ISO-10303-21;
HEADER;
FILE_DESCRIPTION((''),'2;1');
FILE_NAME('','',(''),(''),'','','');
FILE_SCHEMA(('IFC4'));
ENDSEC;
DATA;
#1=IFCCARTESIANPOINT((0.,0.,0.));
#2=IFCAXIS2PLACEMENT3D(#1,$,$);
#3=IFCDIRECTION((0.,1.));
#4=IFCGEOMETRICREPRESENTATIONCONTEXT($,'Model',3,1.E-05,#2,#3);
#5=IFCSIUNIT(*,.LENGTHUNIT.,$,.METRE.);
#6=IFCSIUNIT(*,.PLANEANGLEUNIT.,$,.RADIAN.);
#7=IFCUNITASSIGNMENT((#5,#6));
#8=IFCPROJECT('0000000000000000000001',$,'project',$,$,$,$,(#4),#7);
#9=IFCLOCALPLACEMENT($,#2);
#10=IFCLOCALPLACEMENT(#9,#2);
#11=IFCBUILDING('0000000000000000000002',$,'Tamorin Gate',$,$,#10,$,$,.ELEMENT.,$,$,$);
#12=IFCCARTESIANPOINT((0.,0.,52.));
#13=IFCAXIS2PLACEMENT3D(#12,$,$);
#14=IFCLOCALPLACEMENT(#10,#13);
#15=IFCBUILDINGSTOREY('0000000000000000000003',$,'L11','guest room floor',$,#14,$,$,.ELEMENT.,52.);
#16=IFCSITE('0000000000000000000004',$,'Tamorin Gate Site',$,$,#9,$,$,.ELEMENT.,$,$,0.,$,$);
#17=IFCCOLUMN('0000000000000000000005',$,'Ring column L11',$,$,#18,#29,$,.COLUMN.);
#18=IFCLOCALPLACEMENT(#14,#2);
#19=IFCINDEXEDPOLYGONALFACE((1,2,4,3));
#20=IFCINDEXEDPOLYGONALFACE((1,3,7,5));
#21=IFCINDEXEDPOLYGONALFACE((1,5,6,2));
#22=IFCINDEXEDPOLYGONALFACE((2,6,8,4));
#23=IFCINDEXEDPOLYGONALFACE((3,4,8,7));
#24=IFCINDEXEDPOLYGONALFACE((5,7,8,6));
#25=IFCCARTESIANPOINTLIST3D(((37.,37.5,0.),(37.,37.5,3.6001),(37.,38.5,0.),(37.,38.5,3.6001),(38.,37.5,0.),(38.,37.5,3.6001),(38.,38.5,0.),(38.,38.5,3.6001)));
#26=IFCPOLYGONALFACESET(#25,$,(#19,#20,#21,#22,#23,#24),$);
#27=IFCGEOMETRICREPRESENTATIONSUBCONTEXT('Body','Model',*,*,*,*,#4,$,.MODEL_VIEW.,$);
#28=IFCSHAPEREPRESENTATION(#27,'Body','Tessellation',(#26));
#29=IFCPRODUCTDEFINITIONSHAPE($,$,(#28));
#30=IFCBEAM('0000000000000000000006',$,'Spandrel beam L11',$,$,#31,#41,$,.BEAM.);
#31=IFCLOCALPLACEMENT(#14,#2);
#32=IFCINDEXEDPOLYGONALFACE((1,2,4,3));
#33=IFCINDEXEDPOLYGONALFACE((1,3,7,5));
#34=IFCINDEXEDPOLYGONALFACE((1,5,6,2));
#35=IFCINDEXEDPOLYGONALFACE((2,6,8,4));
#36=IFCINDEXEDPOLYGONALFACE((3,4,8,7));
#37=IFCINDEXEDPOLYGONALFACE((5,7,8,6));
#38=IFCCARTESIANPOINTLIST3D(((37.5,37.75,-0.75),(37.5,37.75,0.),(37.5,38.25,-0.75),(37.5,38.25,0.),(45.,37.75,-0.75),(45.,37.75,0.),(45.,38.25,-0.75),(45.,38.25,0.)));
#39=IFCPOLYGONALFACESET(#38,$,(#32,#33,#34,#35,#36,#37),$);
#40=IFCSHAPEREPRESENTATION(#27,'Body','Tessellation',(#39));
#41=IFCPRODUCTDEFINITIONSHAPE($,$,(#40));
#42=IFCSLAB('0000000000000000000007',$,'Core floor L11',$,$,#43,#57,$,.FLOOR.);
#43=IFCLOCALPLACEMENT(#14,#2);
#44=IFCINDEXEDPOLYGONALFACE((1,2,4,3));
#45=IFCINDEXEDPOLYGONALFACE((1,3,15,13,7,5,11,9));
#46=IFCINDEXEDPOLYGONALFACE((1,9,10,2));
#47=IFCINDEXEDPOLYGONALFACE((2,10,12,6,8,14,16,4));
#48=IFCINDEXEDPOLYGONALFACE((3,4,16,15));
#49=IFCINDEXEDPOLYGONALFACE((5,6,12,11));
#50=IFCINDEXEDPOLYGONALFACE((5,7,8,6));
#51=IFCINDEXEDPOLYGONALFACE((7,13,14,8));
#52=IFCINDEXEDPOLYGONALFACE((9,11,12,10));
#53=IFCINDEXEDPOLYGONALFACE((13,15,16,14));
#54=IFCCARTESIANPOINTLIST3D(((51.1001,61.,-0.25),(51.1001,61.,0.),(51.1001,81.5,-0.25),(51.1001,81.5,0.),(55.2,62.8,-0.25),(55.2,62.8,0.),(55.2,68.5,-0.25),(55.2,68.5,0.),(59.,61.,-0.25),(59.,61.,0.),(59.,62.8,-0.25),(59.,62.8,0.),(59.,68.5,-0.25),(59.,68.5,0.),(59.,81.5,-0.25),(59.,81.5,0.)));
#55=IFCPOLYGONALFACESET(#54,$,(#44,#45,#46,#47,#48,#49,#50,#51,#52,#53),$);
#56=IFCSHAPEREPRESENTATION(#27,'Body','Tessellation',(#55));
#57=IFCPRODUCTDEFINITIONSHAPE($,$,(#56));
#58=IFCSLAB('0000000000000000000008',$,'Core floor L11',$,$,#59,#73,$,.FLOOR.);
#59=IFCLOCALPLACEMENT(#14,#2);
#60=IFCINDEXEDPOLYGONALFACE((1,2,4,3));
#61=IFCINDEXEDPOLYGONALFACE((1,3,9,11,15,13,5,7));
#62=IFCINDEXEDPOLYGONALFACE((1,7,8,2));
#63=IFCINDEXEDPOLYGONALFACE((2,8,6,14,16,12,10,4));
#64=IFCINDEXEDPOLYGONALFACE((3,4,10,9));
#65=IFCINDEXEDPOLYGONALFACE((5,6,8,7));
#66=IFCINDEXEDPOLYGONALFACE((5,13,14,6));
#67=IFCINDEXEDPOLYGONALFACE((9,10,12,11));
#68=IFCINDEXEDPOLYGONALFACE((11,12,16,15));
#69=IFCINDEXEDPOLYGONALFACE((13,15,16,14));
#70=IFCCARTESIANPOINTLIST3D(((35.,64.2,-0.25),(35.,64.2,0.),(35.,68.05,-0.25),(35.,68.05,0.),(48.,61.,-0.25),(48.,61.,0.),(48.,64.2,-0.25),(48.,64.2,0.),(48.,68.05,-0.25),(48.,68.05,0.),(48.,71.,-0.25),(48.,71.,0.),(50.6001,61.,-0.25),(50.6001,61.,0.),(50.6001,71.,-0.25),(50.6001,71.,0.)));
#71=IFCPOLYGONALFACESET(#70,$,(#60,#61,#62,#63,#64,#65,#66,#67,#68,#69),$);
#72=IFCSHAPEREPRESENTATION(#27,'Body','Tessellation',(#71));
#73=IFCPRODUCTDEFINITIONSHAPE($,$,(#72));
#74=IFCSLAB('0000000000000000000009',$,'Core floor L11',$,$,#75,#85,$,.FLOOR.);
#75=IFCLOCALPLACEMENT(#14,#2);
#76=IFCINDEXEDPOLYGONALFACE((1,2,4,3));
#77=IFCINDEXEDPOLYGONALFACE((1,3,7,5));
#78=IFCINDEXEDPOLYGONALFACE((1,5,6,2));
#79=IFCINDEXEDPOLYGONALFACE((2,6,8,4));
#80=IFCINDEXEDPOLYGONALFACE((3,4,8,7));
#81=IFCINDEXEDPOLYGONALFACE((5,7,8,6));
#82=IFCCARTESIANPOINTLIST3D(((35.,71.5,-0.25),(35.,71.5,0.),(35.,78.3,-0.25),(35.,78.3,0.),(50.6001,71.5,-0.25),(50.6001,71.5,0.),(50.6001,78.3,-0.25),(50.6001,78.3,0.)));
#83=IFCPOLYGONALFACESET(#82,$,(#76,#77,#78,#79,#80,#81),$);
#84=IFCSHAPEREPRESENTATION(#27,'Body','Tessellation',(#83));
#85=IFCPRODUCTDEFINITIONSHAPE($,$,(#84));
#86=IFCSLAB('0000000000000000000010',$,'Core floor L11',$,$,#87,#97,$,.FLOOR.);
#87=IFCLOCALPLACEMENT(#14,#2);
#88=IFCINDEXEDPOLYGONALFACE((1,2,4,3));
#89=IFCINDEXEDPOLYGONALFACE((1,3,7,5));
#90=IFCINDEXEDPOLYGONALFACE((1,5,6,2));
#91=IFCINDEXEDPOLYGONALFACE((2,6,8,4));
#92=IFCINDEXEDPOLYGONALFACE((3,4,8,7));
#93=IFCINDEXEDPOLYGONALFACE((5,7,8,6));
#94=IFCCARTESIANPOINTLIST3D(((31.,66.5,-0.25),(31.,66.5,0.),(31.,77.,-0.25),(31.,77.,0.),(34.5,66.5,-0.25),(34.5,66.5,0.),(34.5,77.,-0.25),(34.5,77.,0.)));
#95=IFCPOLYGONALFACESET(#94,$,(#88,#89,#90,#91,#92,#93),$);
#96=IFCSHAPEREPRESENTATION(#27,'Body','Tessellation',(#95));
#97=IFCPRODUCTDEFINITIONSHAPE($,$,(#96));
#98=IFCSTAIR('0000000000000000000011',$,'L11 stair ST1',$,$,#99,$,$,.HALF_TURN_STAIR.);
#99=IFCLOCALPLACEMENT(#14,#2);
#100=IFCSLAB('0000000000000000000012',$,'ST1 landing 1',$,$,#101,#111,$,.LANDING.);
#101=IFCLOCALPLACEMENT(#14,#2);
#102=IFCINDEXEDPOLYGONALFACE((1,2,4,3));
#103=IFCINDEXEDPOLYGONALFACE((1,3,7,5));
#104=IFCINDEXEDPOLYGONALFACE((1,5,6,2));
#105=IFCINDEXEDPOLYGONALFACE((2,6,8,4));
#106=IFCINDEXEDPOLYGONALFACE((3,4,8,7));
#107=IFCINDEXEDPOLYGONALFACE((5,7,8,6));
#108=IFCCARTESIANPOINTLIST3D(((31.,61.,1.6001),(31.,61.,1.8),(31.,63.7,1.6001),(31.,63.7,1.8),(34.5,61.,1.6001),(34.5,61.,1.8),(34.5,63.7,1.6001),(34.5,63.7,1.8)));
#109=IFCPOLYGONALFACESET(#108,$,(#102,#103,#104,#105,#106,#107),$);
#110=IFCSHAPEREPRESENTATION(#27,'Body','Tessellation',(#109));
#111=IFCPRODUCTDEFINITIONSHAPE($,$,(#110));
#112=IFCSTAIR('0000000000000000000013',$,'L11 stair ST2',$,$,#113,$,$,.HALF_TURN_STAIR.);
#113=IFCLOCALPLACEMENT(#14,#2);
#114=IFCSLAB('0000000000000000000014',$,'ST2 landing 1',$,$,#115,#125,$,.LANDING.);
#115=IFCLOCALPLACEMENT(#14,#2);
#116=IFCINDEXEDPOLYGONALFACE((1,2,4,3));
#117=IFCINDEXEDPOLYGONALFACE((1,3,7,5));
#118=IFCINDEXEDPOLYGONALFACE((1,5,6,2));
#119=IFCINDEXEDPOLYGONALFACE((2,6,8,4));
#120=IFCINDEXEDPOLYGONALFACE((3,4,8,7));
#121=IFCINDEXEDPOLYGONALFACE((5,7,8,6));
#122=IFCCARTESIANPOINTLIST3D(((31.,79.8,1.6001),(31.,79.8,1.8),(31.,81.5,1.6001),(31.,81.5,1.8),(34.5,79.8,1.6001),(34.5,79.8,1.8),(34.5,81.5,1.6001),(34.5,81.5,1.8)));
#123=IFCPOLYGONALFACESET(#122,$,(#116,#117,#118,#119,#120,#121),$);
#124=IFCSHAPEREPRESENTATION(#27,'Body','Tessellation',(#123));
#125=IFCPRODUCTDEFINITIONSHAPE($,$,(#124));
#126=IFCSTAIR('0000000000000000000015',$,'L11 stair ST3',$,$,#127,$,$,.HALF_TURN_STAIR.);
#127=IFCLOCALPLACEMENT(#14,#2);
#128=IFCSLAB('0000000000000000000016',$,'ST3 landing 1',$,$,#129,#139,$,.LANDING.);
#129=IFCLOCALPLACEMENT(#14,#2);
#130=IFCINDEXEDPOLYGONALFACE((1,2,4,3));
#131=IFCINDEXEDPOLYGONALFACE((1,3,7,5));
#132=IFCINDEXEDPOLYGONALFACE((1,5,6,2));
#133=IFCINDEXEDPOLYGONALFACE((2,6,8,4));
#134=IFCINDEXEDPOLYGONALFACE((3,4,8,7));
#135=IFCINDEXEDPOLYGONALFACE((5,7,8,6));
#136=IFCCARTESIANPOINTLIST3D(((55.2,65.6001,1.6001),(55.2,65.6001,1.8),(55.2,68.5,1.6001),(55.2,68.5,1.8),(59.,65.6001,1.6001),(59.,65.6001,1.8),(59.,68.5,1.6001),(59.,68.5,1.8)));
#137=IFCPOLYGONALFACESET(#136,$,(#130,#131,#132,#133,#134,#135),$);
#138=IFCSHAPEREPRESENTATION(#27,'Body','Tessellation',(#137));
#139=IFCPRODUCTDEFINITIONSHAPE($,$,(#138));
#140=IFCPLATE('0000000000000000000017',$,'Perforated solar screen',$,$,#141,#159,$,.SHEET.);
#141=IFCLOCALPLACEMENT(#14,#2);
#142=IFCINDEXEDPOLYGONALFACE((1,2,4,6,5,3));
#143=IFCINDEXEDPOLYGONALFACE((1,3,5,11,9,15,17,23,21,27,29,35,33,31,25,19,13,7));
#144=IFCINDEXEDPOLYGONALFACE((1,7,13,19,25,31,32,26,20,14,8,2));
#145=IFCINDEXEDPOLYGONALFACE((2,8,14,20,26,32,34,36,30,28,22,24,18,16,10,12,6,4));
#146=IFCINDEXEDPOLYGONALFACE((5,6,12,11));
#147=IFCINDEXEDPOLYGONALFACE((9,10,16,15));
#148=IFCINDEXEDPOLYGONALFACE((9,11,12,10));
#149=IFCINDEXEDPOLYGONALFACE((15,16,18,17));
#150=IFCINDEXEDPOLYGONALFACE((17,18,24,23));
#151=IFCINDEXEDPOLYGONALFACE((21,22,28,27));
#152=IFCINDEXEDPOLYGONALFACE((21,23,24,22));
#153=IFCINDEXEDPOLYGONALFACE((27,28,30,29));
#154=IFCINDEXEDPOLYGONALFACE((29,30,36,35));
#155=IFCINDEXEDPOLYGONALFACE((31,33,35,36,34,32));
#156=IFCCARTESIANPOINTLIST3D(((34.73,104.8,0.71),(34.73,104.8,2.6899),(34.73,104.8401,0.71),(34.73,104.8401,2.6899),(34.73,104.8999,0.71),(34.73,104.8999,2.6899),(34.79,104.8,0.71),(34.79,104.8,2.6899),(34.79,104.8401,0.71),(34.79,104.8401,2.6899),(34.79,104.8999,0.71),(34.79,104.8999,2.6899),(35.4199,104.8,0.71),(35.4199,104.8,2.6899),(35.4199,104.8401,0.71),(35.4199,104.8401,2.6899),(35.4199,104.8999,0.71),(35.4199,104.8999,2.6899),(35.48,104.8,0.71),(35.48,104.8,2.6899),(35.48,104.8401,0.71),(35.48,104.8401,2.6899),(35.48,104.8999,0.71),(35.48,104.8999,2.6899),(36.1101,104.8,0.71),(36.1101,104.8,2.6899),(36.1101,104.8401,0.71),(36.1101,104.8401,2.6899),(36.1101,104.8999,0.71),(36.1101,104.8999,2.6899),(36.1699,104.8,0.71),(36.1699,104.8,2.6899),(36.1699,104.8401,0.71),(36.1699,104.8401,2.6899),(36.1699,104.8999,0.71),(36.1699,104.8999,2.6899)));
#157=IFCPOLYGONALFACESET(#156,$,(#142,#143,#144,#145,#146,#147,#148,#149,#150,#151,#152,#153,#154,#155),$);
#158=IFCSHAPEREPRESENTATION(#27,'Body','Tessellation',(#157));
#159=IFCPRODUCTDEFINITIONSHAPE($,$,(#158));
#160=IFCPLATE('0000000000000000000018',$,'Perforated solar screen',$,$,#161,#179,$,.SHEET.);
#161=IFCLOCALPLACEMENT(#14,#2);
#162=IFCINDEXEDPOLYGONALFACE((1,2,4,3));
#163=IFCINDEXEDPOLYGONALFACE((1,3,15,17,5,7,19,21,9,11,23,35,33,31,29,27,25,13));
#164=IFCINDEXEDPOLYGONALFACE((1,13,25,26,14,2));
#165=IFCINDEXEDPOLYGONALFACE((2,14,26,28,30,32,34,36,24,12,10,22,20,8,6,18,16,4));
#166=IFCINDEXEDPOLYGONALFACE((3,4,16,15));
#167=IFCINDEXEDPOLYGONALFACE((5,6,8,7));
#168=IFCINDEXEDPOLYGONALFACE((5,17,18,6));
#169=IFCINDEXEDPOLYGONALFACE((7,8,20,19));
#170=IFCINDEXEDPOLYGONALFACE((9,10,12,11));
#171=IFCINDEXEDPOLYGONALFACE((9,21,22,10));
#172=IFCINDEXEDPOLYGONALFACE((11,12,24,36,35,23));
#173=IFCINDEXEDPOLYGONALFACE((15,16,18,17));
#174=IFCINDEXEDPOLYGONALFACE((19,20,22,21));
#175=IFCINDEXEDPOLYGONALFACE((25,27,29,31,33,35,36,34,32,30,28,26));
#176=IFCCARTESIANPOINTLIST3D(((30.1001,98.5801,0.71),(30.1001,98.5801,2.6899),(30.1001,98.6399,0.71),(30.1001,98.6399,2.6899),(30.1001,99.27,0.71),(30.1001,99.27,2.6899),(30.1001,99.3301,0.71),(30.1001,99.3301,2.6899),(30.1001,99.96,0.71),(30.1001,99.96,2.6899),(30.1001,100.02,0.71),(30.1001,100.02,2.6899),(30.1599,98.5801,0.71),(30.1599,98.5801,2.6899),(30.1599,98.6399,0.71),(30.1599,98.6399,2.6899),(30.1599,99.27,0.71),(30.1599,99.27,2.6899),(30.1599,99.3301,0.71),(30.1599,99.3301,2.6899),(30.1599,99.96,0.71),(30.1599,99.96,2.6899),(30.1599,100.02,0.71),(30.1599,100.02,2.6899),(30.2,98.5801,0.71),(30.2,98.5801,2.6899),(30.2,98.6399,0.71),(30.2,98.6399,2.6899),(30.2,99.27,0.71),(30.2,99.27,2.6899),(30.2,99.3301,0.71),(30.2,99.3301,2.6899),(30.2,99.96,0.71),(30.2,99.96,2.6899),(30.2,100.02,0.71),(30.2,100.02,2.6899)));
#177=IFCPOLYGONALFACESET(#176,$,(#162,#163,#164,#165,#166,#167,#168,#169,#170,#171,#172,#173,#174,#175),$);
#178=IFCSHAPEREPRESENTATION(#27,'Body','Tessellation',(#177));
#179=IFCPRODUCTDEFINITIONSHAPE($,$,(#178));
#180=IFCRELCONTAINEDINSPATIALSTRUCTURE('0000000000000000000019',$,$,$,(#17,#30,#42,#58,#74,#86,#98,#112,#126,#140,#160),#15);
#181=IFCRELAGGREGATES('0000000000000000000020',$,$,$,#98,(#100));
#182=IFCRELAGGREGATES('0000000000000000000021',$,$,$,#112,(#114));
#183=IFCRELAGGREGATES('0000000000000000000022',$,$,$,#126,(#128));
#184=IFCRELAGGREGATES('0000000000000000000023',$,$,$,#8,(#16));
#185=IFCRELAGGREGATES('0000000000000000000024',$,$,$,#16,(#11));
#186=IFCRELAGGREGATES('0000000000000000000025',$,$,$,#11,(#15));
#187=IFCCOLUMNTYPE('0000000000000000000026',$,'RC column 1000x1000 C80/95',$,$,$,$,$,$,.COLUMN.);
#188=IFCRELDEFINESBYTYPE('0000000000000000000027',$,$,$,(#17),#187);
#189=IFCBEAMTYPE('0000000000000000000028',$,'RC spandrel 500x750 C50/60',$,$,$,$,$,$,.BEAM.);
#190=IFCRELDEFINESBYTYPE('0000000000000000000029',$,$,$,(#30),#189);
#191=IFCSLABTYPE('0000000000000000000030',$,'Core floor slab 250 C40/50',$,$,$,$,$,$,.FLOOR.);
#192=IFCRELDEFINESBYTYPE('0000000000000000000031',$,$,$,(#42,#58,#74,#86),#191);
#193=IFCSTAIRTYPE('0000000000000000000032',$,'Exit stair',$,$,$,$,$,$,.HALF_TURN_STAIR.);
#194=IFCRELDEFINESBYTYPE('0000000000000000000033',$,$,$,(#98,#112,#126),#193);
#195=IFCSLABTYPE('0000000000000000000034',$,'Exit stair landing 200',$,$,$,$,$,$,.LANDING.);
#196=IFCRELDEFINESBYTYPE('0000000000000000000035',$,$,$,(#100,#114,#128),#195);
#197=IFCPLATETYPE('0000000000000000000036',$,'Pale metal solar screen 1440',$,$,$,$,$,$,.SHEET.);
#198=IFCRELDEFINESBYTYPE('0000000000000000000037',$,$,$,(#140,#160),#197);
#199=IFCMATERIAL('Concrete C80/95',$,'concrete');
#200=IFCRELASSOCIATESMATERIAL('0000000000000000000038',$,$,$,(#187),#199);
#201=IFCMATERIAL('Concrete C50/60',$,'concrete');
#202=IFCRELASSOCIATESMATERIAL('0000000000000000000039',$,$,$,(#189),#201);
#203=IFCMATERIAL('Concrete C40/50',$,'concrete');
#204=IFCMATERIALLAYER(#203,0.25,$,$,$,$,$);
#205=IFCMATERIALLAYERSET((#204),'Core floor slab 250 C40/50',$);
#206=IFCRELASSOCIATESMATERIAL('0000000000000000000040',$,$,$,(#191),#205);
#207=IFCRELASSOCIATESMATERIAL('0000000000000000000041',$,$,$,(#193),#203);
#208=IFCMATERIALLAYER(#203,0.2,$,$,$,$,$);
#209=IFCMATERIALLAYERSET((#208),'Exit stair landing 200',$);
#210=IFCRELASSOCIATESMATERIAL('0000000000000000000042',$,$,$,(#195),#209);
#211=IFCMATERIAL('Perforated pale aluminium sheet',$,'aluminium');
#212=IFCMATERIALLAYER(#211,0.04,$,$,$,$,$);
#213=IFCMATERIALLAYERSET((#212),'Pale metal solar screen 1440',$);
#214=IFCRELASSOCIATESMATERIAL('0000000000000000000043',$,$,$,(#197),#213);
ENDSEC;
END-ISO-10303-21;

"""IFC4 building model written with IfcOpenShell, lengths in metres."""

from ifc_helpers import new_model, si_unit, direction, frame, origin, origin_2d, place, context, subcontext, project, spatial, polyline, rectangle, outline, extrude, material, layer, layer_set, material_profile, profile_set, type_object, element, aggregate, save


model = new_model("IFC4")

# Units and contexts
model_context = context("Model", 3, precision=1e-05, world=origin(), true_north=direction((0.0, 1.0)))
body_context = subcontext(model_context, "Body", "Model", "MODEL_VIEW")
ifc_project = project(units=[si_unit("LENGTHUNIT", "METRE"), si_unit("PLANEANGLEUNIT", "RADIAN")], contexts=[model_context])

# Site, building, storey
site_placement = place(None, origin())
site = spatial("IfcSite", under=ifc_project, at=site_placement, Name="Tamorin Gate Site", CompositionType="ELEMENT", RefElevation=0.0)
building_placement = place(site_placement, origin())
building = spatial("IfcBuilding", under=site, at=building_placement, Name="Tamorin Gate", CompositionType="ELEMENT")
storey_placement = place(building_placement, frame((0.0, 0.0, 52.0)))
storey = spatial("IfcBuildingStorey", under=building, at=storey_placement, Name="L11", Description="guest room floor", CompositionType="ELEMENT", Elevation=52.0)

# Column
ifc_material_1 = material(Name="Concrete C80/95", Category="concrete")
ifc_material_profile_1 = material_profile(ifc_material_1, rectangle(XDim=1.0, YDim=1.0, at=origin_2d()), Name="RC 1000x1000")
ifc_profile_set_1 = profile_set([ifc_material_profile_1], Name="Concrete C80/95")
column_type = type_object("IfcColumnType", Name="RC column 1000x1000 C80/95", PredefinedType="COLUMN", material=ifc_profile_set_1)
column_placement = place(storey_placement, frame((37.5, 38.0, 0.0), z_axis=(0.0, 0.0, 1.0), x_axis=(1.0, 0.0, 0.0)))
element("IfcColumn", 1, at=column_placement, inside=storey, type_object=column_type, Name="Ring column L11", PredefinedType="COLUMN", context=body_context, shape_type="SweptSolid", body=[
    extrude(rectangle(XDim=1.0, YDim=1.0, at=origin_2d()), origin(), (0.0, 0.0, 1.0), 3.6001),
])

# Beam
ifc_material_2 = material(Name="Concrete C50/60", Category="concrete")
ifc_material_profile_2 = material_profile(ifc_material_2, rectangle(XDim=0.5, YDim=0.75, at=origin_2d()), Name="RC 500x750")
ifc_profile_set_2 = profile_set([ifc_material_profile_2], Name="Concrete C50/60")
beam_type = type_object("IfcBeamType", Name="RC spandrel 500x750 C50/60", PredefinedType="BEAM", material=ifc_profile_set_2)
beam_placement = place(storey_placement, frame((37.5, 38.0, -0.375), z_axis=(1.0, 0.0, 0.0), x_axis=(0.0, 1.0, 0.0)))
element("IfcBeam", 2, at=beam_placement, inside=storey, type_object=beam_type, Name="Spandrel beam L11", PredefinedType="BEAM", context=body_context, shape_type="SweptSolid", body=[
    extrude(rectangle(XDim=0.5, YDim=0.75, at=origin_2d()), origin(), (0.0, 0.0, 1.0), 7.5),
])

# Slabs
ifc_material_3 = material(Name="Concrete C40/50", Category="concrete")
ifc_layer_1 = layer(ifc_material_3, 0.25)
ifc_layer_set_1 = layer_set([ifc_layer_1], Name="Core floor slab 250 C40/50")
slab_type_1 = type_object("IfcSlabType", Name="Core floor slab 250 C40/50", PredefinedType="FLOOR", material=ifc_layer_set_1)
slab_1_placement = place(storey_placement, frame((0.0, 0.0, -0.25)))
element("IfcSlab", 3, at=slab_1_placement, inside=storey, type_object=slab_type_1, Name="Core floor L11", PredefinedType="FLOOR", context=body_context, shape_type="SweptSolid", body=[
    extrude(outline(polyline([(59.0, 62.8), (59.0, 61.0), (51.1001, 61.0), (51.1001, 81.5), (59.0, 81.5), (59.0, 68.5), (55.2, 68.5), (55.2, 62.8), (59.0, 62.8)])), origin(), (0.0, 0.0, 1.0), 0.25),
])
slab_2_placement = place(storey_placement, frame((0.0, 0.0, -0.25)))
element("IfcSlab", 4, at=slab_2_placement, inside=storey, type_object=slab_type_1, Name="Core floor L11", PredefinedType="FLOOR", context=body_context, shape_type="SweptSolid", body=[
    extrude(outline(polyline([(50.6001, 61.0), (48.0, 61.0), (48.0, 64.2), (35.0, 64.2), (35.0, 68.05), (48.0, 68.05), (48.0, 71.0), (50.6001, 71.0), (50.6001, 61.0)])), origin(), (0.0, 0.0, 1.0), 0.25),
])
slab_3_placement = place(storey_placement, frame((0.0, 0.0, -0.25)))
element("IfcSlab", 5, at=slab_3_placement, inside=storey, type_object=slab_type_1, Name="Core floor L11", PredefinedType="FLOOR", context=body_context, shape_type="SweptSolid", body=[
    extrude(outline(polyline([(50.6001, 71.5), (35.0, 71.5), (35.0, 78.3), (50.6001, 78.3), (50.6001, 71.5)])), origin(), (0.0, 0.0, 1.0), 0.25),
])
slab_4_placement = place(storey_placement, frame((0.0, 0.0, -0.25)))
element("IfcSlab", 6, at=slab_4_placement, inside=storey, type_object=slab_type_1, Name="Core floor L11", PredefinedType="FLOOR", context=body_context, shape_type="SweptSolid", body=[
    extrude(outline(polyline([(31.0, 66.5), (31.0, 77.0), (34.5, 77.0), (34.5, 66.5), (31.0, 66.5)])), origin(), (0.0, 0.0, 1.0), 0.25),
])

# Stairs, slabs
stair_type = type_object("IfcStairType", Name="Exit stair", PredefinedType="HALF_TURN_STAIR", material=ifc_material_3)
stair_1_placement = place(storey_placement, origin())
stair_1 = element("IfcStair", 7, at=stair_1_placement, inside=storey, type_object=stair_type, Name="L11 stair ST1", PredefinedType="HALF_TURN_STAIR")
ifc_layer_2 = layer(ifc_material_3, 0.2)
ifc_layer_set_2 = layer_set([ifc_layer_2], Name="Exit stair landing 200")
slab_type_2 = type_object("IfcSlabType", Name="Exit stair landing 200", PredefinedType="LANDING", material=ifc_layer_set_2)
slab_5_placement = place(storey_placement, frame((0.0, 0.0, 1.6001)))
slab_5 = element("IfcSlab", 8, at=slab_5_placement, type_object=slab_type_2, Name="ST1 landing 1", PredefinedType="LANDING", context=body_context, shape_type="SweptSolid", body=[
    extrude(outline(polyline([(31.0, 63.7), (31.0, 61.0), (34.5, 61.0), (34.5, 63.7), (31.0, 63.7)])), origin(), (0.0, 0.0, 1.0), 0.2),
])
aggregate(stair_1, [slab_5])
stair_2_placement = place(storey_placement, origin())
stair_2 = element("IfcStair", 9, at=stair_2_placement, inside=storey, type_object=stair_type, Name="L11 stair ST2", PredefinedType="HALF_TURN_STAIR")
slab_6_placement = place(storey_placement, frame((0.0, 0.0, 1.6001)))
slab_6 = element("IfcSlab", 10, at=slab_6_placement, type_object=slab_type_2, Name="ST2 landing 1", PredefinedType="LANDING", context=body_context, shape_type="SweptSolid", body=[
    extrude(outline(polyline([(34.5, 79.8), (34.5, 81.5), (31.0, 81.5), (31.0, 79.8), (34.5, 79.8)])), origin(), (0.0, 0.0, 1.0), 0.2),
])
aggregate(stair_2, [slab_6])
stair_3_placement = place(storey_placement, origin())
stair_3 = element("IfcStair", 11, at=stair_3_placement, inside=storey, type_object=stair_type, Name="L11 stair ST3", PredefinedType="HALF_TURN_STAIR")
slab_7_placement = place(storey_placement, frame((0.0, 0.0, 1.6001)))
slab_7 = element("IfcSlab", 12, at=slab_7_placement, type_object=slab_type_2, Name="ST3 landing 1", PredefinedType="LANDING", context=body_context, shape_type="SweptSolid", body=[
    extrude(outline(polyline([(59.0, 65.6001), (59.0, 68.5), (55.2, 68.5), (55.2, 65.6001), (59.0, 65.6001)])), origin(), (0.0, 0.0, 1.0), 0.2),
])
aggregate(stair_3, [slab_7])

# Plates
ifc_material_4 = material(Name="Perforated pale aluminium sheet", Category="aluminium")
ifc_layer_3 = layer(ifc_material_4, 0.04)
ifc_layer_set_3 = layer_set([ifc_layer_3], Name="Pale metal solar screen 1440")
plate_type = type_object("IfcPlateType", Name="Pale metal solar screen 1440", PredefinedType="SHEET", material=ifc_layer_set_3)
plate_1_placement = place(storey_placement, frame((0.0, 0.0, 0.71)))
element("IfcPlate", 13, at=plate_1_placement, inside=storey, type_object=plate_type, Name="Perforated solar screen", PredefinedType="SHEET", context=body_context, shape_type="SweptSolid", body=[
    extrude(outline(polyline([(36.1699, 104.8401), (36.1699, 104.8), (36.1101, 104.8), (35.48, 104.8), (35.4199, 104.8), (34.79, 104.8), (34.73, 104.8), (34.73, 104.8401), (34.73, 104.8999), (34.79, 104.8999), (34.79, 104.8401), (35.4199, 104.8401), (35.4199, 104.8999), (35.48, 104.8999), (35.48, 104.8401), (36.1101, 104.8401), (36.1101, 104.8999), (36.1699, 104.8999), (36.1699, 104.8401)])), origin(), (0.0, 0.0, 1.0), 1.98),
])
plate_2_placement = place(storey_placement, frame((0.0, 0.0, 0.71)))
element("IfcPlate", 14, at=plate_2_placement, inside=storey, type_object=plate_type, Name="Perforated solar screen", PredefinedType="SHEET", context=body_context, shape_type="SweptSolid", body=[
    extrude(outline(polyline([(30.1599, 100.02), (30.2, 100.02), (30.2, 99.96), (30.2, 99.3301), (30.2, 99.27), (30.2, 98.6399), (30.2, 98.5801), (30.1599, 98.5801), (30.1001, 98.5801), (30.1001, 98.6399), (30.1599, 98.6399), (30.1599, 99.27), (30.1001, 99.27), (30.1001, 99.3301), (30.1599, 99.3301), (30.1599, 99.96), (30.1001, 99.96), (30.1001, 100.02), (30.1599, 100.02)])), origin(), (0.0, 0.0, 1.0), 1.98),
])

save(model, "model.ifc")
